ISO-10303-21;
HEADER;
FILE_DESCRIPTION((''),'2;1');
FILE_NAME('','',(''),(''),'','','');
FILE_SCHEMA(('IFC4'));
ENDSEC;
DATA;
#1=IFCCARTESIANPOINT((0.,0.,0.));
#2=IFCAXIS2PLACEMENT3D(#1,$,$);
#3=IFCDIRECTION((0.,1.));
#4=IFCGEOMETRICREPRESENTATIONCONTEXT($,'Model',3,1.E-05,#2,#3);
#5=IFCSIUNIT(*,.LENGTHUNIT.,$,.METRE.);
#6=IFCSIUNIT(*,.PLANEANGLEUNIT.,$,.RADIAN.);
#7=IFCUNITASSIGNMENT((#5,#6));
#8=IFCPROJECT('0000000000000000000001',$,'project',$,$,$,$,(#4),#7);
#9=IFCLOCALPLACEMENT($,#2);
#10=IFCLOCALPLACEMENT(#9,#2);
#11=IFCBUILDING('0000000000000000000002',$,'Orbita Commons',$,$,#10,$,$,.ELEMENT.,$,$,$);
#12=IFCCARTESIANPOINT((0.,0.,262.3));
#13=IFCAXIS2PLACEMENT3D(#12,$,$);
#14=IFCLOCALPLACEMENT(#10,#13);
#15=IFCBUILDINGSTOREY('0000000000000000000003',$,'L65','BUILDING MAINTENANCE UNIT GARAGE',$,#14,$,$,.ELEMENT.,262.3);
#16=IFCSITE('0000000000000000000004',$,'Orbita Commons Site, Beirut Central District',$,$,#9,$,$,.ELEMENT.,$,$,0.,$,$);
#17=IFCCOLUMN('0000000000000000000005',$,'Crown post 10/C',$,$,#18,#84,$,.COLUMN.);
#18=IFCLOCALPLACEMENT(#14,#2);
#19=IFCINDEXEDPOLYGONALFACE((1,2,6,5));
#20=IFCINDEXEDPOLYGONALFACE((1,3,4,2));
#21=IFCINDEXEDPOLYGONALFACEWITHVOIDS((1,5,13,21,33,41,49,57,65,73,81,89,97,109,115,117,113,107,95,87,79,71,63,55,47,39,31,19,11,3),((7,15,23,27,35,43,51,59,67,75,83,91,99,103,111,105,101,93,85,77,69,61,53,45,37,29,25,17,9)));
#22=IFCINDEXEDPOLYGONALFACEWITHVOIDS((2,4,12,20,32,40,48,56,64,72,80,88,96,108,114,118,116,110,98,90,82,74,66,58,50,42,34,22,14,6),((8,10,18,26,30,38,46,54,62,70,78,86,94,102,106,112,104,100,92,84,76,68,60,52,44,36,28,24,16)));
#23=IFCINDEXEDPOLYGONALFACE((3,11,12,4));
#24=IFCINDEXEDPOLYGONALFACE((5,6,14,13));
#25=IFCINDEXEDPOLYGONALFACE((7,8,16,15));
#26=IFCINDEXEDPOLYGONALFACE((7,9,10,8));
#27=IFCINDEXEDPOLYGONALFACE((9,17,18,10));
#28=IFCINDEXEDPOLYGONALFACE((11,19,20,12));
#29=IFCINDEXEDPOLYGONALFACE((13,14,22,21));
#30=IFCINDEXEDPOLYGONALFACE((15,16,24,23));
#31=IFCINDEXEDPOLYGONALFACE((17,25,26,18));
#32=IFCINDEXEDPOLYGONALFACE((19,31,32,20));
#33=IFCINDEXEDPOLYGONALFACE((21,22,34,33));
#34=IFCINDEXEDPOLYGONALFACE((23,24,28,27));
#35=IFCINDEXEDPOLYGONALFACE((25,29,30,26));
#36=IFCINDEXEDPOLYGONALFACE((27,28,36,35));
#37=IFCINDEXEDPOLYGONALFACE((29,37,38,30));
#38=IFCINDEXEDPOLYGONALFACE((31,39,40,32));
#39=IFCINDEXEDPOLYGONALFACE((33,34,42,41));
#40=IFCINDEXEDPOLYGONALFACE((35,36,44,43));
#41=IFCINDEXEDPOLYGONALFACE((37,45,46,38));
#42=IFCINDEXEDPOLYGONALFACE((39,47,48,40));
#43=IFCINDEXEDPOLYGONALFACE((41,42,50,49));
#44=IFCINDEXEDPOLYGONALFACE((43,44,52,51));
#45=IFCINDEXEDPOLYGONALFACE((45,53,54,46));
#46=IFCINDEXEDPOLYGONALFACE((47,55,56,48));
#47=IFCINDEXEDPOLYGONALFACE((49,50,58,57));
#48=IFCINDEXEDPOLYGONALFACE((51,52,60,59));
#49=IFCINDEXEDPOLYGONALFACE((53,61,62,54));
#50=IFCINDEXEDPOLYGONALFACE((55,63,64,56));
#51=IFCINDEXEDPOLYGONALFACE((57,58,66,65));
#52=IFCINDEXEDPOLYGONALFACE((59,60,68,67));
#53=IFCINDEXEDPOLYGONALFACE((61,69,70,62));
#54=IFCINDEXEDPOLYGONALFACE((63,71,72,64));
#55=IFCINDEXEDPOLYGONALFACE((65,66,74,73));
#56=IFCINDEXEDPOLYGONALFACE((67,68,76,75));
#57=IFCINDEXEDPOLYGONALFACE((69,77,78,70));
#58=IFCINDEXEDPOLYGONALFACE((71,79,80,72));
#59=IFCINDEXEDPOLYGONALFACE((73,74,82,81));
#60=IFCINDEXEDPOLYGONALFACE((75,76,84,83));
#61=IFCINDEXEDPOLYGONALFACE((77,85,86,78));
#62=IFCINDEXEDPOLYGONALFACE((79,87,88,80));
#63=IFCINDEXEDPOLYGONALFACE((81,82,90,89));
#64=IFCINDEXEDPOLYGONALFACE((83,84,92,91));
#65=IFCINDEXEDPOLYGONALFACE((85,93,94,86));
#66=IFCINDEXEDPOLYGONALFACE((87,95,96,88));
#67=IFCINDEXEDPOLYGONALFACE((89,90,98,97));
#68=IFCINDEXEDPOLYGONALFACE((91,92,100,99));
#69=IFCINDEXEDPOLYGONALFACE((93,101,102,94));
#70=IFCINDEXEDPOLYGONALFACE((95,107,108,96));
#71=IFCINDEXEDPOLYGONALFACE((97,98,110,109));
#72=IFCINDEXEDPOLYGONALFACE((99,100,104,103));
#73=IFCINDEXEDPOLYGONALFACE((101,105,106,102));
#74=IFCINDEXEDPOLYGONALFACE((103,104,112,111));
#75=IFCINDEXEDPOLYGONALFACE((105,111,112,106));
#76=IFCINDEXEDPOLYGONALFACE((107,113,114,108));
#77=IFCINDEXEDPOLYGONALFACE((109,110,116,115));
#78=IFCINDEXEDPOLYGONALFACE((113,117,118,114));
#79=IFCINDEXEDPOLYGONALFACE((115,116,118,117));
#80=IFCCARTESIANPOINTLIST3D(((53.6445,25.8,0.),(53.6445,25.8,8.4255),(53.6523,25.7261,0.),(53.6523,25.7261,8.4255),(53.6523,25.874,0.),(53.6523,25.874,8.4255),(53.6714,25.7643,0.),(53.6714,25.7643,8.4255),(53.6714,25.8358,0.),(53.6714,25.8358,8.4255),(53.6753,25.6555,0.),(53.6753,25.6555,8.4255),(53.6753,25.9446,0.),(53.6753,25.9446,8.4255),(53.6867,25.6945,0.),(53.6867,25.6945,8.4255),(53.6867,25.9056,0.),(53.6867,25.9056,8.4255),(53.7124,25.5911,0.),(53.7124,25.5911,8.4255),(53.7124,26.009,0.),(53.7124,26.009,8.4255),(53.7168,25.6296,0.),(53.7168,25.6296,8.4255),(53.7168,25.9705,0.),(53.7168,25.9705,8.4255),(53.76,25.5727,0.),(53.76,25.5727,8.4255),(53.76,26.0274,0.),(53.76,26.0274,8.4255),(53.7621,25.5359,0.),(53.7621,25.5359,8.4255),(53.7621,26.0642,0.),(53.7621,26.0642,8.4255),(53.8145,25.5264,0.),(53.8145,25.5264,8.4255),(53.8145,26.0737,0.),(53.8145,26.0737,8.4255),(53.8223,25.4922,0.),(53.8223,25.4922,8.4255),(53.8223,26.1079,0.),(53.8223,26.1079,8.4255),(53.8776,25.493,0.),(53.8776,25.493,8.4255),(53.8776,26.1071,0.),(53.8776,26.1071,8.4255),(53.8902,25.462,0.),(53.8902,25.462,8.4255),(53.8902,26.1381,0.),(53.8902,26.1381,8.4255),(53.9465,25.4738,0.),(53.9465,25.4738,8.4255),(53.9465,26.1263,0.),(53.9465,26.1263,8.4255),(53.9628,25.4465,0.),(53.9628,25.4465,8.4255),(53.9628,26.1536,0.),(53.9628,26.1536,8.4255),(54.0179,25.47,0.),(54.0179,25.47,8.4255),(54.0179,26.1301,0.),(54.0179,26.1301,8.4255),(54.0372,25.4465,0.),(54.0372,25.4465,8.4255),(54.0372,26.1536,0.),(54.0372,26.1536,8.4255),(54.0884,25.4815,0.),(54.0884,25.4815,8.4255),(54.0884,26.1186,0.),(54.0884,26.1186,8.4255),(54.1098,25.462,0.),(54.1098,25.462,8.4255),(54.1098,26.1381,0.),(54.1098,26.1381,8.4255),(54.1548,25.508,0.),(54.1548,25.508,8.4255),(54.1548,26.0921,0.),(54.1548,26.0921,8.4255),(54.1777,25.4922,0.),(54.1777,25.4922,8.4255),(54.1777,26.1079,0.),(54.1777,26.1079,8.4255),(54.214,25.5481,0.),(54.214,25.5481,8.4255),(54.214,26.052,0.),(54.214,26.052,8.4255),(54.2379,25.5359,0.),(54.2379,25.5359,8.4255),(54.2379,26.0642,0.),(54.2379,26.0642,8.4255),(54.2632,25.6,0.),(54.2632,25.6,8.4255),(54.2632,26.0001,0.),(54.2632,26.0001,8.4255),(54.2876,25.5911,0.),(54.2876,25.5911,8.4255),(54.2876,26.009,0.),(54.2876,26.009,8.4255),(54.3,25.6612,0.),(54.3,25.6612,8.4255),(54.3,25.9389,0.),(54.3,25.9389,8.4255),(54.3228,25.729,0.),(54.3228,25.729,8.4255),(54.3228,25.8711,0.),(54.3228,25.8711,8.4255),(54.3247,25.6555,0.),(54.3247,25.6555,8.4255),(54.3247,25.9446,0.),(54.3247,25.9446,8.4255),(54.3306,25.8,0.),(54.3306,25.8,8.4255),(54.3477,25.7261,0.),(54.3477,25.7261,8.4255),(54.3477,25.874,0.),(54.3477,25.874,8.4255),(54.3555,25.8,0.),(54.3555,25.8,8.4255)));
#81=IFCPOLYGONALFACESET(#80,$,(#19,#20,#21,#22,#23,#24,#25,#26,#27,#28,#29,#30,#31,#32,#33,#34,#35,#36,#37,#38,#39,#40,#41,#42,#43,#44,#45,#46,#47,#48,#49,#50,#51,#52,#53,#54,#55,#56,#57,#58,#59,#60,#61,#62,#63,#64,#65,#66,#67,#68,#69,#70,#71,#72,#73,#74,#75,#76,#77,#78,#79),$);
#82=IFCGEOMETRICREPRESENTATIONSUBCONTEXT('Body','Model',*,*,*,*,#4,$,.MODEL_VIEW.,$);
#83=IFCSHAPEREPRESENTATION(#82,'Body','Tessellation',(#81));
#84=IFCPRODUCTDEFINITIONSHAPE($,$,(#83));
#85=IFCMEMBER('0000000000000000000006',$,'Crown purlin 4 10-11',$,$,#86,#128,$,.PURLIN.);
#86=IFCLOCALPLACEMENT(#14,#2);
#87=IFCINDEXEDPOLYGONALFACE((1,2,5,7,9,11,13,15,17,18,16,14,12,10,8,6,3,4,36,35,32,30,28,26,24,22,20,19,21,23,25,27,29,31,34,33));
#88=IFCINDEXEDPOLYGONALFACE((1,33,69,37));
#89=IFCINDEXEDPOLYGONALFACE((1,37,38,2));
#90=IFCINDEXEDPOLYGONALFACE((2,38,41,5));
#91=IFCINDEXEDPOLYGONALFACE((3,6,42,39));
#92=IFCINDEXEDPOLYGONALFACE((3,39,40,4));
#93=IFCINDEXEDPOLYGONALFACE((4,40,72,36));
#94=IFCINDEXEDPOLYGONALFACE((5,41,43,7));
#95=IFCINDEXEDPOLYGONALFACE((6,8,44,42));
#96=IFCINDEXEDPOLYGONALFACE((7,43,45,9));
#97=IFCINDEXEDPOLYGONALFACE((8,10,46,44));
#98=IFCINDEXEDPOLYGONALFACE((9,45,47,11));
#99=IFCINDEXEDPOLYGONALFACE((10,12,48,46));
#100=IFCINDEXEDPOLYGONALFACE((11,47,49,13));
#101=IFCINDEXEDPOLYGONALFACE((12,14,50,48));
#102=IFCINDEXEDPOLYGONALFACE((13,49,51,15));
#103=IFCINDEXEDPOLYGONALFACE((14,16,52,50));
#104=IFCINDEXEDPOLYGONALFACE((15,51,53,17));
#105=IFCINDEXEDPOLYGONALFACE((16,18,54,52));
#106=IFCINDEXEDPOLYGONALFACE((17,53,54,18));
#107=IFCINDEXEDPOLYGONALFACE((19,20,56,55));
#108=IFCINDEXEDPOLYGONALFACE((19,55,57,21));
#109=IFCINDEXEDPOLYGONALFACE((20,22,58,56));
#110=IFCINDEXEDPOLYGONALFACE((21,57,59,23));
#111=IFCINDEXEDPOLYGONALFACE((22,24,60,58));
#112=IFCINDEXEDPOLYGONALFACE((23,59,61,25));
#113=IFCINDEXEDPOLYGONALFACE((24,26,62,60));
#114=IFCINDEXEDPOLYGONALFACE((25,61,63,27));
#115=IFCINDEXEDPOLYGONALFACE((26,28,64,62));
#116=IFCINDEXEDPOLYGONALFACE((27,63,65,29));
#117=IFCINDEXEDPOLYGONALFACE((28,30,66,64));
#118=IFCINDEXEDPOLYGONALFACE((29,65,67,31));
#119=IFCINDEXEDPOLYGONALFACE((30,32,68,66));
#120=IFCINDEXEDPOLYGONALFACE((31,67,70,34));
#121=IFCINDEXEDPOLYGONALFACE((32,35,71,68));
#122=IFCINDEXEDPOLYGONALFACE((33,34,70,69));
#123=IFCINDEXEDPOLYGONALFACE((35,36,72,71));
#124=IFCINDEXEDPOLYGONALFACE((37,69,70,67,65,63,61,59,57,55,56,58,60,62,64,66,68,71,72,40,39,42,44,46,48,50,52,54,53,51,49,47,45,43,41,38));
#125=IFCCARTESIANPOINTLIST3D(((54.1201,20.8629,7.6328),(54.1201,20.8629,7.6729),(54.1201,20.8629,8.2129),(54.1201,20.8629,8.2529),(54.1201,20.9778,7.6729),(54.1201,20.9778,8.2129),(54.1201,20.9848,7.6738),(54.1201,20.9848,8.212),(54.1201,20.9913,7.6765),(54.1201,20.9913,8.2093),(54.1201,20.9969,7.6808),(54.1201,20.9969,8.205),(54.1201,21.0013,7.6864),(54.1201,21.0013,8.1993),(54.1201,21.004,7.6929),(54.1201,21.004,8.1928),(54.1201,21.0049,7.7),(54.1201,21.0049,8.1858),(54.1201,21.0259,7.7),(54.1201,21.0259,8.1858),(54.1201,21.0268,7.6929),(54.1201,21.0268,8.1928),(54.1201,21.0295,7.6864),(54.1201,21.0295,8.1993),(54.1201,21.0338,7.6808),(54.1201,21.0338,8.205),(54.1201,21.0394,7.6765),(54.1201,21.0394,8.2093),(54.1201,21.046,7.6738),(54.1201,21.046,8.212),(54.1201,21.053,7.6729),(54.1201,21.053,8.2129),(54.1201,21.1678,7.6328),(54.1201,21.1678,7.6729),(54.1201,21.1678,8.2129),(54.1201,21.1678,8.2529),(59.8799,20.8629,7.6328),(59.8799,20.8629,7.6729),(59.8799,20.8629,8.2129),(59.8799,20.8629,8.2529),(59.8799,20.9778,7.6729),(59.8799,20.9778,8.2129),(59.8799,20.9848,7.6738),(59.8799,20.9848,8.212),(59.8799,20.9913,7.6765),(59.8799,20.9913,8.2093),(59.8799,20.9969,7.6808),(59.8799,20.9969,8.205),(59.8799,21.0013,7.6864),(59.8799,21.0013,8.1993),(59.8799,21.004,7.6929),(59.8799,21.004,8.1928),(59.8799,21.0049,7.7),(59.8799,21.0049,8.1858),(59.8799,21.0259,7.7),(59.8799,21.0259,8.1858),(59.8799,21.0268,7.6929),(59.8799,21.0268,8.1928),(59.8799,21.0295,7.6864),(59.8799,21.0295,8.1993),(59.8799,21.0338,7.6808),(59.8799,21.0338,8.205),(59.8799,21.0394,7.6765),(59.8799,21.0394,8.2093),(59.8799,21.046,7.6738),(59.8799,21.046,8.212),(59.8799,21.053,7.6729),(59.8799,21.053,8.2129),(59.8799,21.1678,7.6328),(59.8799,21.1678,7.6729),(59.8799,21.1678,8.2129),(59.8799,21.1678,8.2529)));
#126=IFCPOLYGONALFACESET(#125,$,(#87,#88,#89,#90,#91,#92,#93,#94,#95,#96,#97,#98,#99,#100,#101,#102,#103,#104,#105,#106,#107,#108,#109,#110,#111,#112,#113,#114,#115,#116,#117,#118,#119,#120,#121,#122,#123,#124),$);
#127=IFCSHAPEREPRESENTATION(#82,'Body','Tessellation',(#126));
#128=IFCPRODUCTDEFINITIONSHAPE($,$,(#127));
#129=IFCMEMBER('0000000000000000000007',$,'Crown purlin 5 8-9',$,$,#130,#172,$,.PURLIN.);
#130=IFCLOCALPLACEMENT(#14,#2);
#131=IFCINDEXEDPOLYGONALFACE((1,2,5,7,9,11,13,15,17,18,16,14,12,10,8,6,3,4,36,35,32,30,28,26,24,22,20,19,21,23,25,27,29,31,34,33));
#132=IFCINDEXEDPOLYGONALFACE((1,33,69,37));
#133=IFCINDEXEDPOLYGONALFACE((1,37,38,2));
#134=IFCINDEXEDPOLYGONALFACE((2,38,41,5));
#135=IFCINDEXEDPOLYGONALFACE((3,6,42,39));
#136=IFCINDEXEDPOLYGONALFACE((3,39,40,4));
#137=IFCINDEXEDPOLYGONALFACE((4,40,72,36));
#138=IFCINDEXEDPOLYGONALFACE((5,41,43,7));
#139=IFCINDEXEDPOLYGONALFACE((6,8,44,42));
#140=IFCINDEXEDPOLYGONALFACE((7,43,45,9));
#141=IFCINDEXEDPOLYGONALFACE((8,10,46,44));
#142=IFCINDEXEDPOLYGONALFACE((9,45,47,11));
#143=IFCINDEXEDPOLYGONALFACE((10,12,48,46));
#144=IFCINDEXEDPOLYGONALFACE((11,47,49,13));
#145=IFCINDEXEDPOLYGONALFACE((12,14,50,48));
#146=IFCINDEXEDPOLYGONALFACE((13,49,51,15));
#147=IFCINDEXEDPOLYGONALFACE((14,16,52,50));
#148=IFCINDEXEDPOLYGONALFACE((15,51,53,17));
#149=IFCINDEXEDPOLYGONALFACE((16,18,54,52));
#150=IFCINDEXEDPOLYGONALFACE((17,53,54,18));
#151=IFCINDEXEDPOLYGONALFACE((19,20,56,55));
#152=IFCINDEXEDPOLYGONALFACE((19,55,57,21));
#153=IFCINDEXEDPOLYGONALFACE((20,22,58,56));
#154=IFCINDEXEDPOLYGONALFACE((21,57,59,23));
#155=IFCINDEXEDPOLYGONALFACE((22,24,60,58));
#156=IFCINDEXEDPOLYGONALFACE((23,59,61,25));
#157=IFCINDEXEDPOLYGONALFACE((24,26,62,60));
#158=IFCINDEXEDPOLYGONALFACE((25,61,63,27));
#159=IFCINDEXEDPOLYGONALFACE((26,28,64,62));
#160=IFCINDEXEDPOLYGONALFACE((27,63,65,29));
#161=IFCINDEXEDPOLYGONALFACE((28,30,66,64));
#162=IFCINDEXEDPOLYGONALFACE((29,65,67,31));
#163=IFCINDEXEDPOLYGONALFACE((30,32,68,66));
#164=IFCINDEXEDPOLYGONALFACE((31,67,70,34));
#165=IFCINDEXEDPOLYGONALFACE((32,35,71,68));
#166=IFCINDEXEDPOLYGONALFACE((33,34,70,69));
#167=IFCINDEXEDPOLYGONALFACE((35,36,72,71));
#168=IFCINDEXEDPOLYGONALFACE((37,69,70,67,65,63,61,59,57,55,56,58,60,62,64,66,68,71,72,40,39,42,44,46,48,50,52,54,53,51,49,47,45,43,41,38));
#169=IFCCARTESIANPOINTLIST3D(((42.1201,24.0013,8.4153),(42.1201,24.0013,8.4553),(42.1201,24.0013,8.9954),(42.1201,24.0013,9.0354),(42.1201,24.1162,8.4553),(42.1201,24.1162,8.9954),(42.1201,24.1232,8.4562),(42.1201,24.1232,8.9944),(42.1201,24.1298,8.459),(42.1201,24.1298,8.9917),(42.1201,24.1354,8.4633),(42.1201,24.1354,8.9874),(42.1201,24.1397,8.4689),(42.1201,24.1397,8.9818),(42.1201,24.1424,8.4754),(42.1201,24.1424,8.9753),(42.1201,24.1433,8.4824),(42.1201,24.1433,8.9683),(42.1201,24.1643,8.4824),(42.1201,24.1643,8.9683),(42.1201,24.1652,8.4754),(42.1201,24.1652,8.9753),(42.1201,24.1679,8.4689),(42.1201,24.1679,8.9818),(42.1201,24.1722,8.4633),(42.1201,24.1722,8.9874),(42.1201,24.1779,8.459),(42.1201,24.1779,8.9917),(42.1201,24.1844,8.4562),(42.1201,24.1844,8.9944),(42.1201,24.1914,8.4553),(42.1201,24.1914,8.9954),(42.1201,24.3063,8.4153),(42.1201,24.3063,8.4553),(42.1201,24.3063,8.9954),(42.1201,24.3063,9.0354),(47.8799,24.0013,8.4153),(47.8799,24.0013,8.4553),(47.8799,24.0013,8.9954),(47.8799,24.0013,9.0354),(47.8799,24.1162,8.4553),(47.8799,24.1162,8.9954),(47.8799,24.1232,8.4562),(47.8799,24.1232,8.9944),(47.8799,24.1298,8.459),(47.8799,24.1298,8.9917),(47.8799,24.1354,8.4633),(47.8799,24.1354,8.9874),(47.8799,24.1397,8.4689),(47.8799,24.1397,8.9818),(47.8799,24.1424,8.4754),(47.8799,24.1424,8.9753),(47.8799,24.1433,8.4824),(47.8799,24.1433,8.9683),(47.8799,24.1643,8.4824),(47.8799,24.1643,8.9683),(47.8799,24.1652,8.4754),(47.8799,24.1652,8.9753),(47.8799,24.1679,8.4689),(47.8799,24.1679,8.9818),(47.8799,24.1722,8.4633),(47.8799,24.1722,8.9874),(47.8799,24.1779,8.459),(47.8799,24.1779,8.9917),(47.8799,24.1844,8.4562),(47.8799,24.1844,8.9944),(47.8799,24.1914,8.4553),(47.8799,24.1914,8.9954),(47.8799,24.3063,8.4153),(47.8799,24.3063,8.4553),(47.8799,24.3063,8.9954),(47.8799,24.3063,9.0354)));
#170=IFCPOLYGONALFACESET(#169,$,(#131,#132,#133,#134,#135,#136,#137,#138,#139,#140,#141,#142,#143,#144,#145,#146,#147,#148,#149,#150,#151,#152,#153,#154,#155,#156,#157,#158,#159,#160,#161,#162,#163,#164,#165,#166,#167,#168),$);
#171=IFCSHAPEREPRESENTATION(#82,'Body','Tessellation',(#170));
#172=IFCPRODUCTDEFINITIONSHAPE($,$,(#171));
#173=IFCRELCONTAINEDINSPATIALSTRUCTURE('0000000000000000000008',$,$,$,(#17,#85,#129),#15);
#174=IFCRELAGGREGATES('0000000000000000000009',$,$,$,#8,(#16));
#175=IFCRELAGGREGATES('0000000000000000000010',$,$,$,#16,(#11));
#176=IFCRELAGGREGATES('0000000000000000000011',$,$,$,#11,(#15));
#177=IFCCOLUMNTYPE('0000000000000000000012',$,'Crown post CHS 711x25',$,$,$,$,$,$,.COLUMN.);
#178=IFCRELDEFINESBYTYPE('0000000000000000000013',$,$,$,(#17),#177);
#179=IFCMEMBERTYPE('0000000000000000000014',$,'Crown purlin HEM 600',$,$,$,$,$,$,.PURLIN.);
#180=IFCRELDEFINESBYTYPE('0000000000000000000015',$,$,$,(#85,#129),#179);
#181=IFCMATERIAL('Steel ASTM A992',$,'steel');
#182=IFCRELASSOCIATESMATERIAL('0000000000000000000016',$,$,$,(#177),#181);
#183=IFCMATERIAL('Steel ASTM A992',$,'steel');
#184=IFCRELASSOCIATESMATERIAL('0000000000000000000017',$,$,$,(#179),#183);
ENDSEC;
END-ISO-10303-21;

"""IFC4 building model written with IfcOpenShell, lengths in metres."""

from ifc_helpers import new_model, si_unit, direction, frame, origin, origin_2d, place, context, subcontext, project, spatial, hollow_circle, i_section, extrude, material, material_profile, profile_set, type_object, element, save


model = new_model("IFC4")

# Units and contexts
model_context = context("Model", 3, precision=1e-05, world=origin(), true_north=direction((0.0, 1.0)))
body_context = subcontext(model_context, "Body", "Model", "MODEL_VIEW")
ifc_project = project(units=[si_unit("LENGTHUNIT", "METRE"), si_unit("PLANEANGLEUNIT", "RADIAN")], contexts=[model_context])

# Site, building, storey
site_placement = place(None, origin())
site = spatial("IfcSite", under=ifc_project, at=site_placement, Name="Orbita Commons Site, Beirut Central District", CompositionType="ELEMENT", RefElevation=0.0)
building_placement = place(site_placement, origin())
building = spatial("IfcBuilding", under=site, at=building_placement, Name="Orbita Commons", CompositionType="ELEMENT")
storey_placement = place(building_placement, frame((0.0, 0.0, 262.3)))
storey = spatial("IfcBuildingStorey", under=building, at=storey_placement, Name="L65", Description="BUILDING MAINTENANCE UNIT GARAGE", CompositionType="ELEMENT", Elevation=262.3)

# Column
ifc_material_1 = material(Name="Steel ASTM A992", Category="steel")
ifc_material_profile_1 = material_profile(ifc_material_1, hollow_circle(Radius=0.3555, WallThickness=0.0249, at=origin_2d()), Name="CHS 711x25")
ifc_profile_set_1 = profile_set([ifc_material_profile_1], Name="Steel ASTM A992")
column_type = type_object("IfcColumnType", Name="Crown post CHS 711x25", PredefinedType="COLUMN", material=ifc_profile_set_1)
for number, where, z_axis, x_axis, name in (
    (1, (54.0, 25.8, 0.0), (0.0, 0.0, 1.0), (1.0, 0.0, 0.0), "Crown post 10/C"),
):
    element("IfcColumn", number, at=place(storey_placement, frame(where, z_axis=z_axis, x_axis=x_axis)), inside=storey, type_object=column_type, Name=name, PredefinedType="COLUMN", context=body_context, shape_type="SweptSolid", body=[
        extrude(hollow_circle(Radius=0.3555, WallThickness=0.0249, at=origin_2d()), origin(), (0.0, 0.0, 1.0), 8.4255),
    ])

# Members
ifc_material_2 = material(Name="Steel ASTM A992", Category="steel")
ifc_material_profile_2 = material_profile(ifc_material_2, i_section(OverallWidth=0.3049, OverallDepth=0.6201, WebThickness=0.021, FlangeThickness=0.04, FilletRadius=0.0271, at=origin_2d()), Name="HEM 600")
ifc_profile_set_2 = profile_set([ifc_material_profile_2], Name="Steel ASTM A992")
member_type_1 = type_object("IfcMemberType", Name="Crown purlin HEM 600", PredefinedType="PURLIN", material=ifc_profile_set_2)
for number, where, z_axis, x_axis, name in (
    (2, (54.1201, 21.0154, 7.9429), (1.0, 0.0, 0.0), (0.0, 1.0, 0.0), "Crown purlin 4 10-11"),
    (3, (42.1201, 24.1538, 8.7253), (1.0, 0.0, 0.0), (0.0, 1.0, 0.0), "Crown purlin 5 8-9"),
):
    element("IfcMember", number, at=place(storey_placement, frame(where, z_axis=z_axis, x_axis=x_axis)), inside=storey, type_object=member_type_1, Name=name, PredefinedType="PURLIN", context=body_context, shape_type="SweptSolid", body=[
        extrude(i_section(OverallWidth=0.3049, OverallDepth=0.6201, WebThickness=0.021, FlangeThickness=0.04, FilletRadius=0.0271, at=origin_2d()), origin(), (0.0, 0.0, 1.0), 5.7598),
    ])

save(model, "model.ifc")
